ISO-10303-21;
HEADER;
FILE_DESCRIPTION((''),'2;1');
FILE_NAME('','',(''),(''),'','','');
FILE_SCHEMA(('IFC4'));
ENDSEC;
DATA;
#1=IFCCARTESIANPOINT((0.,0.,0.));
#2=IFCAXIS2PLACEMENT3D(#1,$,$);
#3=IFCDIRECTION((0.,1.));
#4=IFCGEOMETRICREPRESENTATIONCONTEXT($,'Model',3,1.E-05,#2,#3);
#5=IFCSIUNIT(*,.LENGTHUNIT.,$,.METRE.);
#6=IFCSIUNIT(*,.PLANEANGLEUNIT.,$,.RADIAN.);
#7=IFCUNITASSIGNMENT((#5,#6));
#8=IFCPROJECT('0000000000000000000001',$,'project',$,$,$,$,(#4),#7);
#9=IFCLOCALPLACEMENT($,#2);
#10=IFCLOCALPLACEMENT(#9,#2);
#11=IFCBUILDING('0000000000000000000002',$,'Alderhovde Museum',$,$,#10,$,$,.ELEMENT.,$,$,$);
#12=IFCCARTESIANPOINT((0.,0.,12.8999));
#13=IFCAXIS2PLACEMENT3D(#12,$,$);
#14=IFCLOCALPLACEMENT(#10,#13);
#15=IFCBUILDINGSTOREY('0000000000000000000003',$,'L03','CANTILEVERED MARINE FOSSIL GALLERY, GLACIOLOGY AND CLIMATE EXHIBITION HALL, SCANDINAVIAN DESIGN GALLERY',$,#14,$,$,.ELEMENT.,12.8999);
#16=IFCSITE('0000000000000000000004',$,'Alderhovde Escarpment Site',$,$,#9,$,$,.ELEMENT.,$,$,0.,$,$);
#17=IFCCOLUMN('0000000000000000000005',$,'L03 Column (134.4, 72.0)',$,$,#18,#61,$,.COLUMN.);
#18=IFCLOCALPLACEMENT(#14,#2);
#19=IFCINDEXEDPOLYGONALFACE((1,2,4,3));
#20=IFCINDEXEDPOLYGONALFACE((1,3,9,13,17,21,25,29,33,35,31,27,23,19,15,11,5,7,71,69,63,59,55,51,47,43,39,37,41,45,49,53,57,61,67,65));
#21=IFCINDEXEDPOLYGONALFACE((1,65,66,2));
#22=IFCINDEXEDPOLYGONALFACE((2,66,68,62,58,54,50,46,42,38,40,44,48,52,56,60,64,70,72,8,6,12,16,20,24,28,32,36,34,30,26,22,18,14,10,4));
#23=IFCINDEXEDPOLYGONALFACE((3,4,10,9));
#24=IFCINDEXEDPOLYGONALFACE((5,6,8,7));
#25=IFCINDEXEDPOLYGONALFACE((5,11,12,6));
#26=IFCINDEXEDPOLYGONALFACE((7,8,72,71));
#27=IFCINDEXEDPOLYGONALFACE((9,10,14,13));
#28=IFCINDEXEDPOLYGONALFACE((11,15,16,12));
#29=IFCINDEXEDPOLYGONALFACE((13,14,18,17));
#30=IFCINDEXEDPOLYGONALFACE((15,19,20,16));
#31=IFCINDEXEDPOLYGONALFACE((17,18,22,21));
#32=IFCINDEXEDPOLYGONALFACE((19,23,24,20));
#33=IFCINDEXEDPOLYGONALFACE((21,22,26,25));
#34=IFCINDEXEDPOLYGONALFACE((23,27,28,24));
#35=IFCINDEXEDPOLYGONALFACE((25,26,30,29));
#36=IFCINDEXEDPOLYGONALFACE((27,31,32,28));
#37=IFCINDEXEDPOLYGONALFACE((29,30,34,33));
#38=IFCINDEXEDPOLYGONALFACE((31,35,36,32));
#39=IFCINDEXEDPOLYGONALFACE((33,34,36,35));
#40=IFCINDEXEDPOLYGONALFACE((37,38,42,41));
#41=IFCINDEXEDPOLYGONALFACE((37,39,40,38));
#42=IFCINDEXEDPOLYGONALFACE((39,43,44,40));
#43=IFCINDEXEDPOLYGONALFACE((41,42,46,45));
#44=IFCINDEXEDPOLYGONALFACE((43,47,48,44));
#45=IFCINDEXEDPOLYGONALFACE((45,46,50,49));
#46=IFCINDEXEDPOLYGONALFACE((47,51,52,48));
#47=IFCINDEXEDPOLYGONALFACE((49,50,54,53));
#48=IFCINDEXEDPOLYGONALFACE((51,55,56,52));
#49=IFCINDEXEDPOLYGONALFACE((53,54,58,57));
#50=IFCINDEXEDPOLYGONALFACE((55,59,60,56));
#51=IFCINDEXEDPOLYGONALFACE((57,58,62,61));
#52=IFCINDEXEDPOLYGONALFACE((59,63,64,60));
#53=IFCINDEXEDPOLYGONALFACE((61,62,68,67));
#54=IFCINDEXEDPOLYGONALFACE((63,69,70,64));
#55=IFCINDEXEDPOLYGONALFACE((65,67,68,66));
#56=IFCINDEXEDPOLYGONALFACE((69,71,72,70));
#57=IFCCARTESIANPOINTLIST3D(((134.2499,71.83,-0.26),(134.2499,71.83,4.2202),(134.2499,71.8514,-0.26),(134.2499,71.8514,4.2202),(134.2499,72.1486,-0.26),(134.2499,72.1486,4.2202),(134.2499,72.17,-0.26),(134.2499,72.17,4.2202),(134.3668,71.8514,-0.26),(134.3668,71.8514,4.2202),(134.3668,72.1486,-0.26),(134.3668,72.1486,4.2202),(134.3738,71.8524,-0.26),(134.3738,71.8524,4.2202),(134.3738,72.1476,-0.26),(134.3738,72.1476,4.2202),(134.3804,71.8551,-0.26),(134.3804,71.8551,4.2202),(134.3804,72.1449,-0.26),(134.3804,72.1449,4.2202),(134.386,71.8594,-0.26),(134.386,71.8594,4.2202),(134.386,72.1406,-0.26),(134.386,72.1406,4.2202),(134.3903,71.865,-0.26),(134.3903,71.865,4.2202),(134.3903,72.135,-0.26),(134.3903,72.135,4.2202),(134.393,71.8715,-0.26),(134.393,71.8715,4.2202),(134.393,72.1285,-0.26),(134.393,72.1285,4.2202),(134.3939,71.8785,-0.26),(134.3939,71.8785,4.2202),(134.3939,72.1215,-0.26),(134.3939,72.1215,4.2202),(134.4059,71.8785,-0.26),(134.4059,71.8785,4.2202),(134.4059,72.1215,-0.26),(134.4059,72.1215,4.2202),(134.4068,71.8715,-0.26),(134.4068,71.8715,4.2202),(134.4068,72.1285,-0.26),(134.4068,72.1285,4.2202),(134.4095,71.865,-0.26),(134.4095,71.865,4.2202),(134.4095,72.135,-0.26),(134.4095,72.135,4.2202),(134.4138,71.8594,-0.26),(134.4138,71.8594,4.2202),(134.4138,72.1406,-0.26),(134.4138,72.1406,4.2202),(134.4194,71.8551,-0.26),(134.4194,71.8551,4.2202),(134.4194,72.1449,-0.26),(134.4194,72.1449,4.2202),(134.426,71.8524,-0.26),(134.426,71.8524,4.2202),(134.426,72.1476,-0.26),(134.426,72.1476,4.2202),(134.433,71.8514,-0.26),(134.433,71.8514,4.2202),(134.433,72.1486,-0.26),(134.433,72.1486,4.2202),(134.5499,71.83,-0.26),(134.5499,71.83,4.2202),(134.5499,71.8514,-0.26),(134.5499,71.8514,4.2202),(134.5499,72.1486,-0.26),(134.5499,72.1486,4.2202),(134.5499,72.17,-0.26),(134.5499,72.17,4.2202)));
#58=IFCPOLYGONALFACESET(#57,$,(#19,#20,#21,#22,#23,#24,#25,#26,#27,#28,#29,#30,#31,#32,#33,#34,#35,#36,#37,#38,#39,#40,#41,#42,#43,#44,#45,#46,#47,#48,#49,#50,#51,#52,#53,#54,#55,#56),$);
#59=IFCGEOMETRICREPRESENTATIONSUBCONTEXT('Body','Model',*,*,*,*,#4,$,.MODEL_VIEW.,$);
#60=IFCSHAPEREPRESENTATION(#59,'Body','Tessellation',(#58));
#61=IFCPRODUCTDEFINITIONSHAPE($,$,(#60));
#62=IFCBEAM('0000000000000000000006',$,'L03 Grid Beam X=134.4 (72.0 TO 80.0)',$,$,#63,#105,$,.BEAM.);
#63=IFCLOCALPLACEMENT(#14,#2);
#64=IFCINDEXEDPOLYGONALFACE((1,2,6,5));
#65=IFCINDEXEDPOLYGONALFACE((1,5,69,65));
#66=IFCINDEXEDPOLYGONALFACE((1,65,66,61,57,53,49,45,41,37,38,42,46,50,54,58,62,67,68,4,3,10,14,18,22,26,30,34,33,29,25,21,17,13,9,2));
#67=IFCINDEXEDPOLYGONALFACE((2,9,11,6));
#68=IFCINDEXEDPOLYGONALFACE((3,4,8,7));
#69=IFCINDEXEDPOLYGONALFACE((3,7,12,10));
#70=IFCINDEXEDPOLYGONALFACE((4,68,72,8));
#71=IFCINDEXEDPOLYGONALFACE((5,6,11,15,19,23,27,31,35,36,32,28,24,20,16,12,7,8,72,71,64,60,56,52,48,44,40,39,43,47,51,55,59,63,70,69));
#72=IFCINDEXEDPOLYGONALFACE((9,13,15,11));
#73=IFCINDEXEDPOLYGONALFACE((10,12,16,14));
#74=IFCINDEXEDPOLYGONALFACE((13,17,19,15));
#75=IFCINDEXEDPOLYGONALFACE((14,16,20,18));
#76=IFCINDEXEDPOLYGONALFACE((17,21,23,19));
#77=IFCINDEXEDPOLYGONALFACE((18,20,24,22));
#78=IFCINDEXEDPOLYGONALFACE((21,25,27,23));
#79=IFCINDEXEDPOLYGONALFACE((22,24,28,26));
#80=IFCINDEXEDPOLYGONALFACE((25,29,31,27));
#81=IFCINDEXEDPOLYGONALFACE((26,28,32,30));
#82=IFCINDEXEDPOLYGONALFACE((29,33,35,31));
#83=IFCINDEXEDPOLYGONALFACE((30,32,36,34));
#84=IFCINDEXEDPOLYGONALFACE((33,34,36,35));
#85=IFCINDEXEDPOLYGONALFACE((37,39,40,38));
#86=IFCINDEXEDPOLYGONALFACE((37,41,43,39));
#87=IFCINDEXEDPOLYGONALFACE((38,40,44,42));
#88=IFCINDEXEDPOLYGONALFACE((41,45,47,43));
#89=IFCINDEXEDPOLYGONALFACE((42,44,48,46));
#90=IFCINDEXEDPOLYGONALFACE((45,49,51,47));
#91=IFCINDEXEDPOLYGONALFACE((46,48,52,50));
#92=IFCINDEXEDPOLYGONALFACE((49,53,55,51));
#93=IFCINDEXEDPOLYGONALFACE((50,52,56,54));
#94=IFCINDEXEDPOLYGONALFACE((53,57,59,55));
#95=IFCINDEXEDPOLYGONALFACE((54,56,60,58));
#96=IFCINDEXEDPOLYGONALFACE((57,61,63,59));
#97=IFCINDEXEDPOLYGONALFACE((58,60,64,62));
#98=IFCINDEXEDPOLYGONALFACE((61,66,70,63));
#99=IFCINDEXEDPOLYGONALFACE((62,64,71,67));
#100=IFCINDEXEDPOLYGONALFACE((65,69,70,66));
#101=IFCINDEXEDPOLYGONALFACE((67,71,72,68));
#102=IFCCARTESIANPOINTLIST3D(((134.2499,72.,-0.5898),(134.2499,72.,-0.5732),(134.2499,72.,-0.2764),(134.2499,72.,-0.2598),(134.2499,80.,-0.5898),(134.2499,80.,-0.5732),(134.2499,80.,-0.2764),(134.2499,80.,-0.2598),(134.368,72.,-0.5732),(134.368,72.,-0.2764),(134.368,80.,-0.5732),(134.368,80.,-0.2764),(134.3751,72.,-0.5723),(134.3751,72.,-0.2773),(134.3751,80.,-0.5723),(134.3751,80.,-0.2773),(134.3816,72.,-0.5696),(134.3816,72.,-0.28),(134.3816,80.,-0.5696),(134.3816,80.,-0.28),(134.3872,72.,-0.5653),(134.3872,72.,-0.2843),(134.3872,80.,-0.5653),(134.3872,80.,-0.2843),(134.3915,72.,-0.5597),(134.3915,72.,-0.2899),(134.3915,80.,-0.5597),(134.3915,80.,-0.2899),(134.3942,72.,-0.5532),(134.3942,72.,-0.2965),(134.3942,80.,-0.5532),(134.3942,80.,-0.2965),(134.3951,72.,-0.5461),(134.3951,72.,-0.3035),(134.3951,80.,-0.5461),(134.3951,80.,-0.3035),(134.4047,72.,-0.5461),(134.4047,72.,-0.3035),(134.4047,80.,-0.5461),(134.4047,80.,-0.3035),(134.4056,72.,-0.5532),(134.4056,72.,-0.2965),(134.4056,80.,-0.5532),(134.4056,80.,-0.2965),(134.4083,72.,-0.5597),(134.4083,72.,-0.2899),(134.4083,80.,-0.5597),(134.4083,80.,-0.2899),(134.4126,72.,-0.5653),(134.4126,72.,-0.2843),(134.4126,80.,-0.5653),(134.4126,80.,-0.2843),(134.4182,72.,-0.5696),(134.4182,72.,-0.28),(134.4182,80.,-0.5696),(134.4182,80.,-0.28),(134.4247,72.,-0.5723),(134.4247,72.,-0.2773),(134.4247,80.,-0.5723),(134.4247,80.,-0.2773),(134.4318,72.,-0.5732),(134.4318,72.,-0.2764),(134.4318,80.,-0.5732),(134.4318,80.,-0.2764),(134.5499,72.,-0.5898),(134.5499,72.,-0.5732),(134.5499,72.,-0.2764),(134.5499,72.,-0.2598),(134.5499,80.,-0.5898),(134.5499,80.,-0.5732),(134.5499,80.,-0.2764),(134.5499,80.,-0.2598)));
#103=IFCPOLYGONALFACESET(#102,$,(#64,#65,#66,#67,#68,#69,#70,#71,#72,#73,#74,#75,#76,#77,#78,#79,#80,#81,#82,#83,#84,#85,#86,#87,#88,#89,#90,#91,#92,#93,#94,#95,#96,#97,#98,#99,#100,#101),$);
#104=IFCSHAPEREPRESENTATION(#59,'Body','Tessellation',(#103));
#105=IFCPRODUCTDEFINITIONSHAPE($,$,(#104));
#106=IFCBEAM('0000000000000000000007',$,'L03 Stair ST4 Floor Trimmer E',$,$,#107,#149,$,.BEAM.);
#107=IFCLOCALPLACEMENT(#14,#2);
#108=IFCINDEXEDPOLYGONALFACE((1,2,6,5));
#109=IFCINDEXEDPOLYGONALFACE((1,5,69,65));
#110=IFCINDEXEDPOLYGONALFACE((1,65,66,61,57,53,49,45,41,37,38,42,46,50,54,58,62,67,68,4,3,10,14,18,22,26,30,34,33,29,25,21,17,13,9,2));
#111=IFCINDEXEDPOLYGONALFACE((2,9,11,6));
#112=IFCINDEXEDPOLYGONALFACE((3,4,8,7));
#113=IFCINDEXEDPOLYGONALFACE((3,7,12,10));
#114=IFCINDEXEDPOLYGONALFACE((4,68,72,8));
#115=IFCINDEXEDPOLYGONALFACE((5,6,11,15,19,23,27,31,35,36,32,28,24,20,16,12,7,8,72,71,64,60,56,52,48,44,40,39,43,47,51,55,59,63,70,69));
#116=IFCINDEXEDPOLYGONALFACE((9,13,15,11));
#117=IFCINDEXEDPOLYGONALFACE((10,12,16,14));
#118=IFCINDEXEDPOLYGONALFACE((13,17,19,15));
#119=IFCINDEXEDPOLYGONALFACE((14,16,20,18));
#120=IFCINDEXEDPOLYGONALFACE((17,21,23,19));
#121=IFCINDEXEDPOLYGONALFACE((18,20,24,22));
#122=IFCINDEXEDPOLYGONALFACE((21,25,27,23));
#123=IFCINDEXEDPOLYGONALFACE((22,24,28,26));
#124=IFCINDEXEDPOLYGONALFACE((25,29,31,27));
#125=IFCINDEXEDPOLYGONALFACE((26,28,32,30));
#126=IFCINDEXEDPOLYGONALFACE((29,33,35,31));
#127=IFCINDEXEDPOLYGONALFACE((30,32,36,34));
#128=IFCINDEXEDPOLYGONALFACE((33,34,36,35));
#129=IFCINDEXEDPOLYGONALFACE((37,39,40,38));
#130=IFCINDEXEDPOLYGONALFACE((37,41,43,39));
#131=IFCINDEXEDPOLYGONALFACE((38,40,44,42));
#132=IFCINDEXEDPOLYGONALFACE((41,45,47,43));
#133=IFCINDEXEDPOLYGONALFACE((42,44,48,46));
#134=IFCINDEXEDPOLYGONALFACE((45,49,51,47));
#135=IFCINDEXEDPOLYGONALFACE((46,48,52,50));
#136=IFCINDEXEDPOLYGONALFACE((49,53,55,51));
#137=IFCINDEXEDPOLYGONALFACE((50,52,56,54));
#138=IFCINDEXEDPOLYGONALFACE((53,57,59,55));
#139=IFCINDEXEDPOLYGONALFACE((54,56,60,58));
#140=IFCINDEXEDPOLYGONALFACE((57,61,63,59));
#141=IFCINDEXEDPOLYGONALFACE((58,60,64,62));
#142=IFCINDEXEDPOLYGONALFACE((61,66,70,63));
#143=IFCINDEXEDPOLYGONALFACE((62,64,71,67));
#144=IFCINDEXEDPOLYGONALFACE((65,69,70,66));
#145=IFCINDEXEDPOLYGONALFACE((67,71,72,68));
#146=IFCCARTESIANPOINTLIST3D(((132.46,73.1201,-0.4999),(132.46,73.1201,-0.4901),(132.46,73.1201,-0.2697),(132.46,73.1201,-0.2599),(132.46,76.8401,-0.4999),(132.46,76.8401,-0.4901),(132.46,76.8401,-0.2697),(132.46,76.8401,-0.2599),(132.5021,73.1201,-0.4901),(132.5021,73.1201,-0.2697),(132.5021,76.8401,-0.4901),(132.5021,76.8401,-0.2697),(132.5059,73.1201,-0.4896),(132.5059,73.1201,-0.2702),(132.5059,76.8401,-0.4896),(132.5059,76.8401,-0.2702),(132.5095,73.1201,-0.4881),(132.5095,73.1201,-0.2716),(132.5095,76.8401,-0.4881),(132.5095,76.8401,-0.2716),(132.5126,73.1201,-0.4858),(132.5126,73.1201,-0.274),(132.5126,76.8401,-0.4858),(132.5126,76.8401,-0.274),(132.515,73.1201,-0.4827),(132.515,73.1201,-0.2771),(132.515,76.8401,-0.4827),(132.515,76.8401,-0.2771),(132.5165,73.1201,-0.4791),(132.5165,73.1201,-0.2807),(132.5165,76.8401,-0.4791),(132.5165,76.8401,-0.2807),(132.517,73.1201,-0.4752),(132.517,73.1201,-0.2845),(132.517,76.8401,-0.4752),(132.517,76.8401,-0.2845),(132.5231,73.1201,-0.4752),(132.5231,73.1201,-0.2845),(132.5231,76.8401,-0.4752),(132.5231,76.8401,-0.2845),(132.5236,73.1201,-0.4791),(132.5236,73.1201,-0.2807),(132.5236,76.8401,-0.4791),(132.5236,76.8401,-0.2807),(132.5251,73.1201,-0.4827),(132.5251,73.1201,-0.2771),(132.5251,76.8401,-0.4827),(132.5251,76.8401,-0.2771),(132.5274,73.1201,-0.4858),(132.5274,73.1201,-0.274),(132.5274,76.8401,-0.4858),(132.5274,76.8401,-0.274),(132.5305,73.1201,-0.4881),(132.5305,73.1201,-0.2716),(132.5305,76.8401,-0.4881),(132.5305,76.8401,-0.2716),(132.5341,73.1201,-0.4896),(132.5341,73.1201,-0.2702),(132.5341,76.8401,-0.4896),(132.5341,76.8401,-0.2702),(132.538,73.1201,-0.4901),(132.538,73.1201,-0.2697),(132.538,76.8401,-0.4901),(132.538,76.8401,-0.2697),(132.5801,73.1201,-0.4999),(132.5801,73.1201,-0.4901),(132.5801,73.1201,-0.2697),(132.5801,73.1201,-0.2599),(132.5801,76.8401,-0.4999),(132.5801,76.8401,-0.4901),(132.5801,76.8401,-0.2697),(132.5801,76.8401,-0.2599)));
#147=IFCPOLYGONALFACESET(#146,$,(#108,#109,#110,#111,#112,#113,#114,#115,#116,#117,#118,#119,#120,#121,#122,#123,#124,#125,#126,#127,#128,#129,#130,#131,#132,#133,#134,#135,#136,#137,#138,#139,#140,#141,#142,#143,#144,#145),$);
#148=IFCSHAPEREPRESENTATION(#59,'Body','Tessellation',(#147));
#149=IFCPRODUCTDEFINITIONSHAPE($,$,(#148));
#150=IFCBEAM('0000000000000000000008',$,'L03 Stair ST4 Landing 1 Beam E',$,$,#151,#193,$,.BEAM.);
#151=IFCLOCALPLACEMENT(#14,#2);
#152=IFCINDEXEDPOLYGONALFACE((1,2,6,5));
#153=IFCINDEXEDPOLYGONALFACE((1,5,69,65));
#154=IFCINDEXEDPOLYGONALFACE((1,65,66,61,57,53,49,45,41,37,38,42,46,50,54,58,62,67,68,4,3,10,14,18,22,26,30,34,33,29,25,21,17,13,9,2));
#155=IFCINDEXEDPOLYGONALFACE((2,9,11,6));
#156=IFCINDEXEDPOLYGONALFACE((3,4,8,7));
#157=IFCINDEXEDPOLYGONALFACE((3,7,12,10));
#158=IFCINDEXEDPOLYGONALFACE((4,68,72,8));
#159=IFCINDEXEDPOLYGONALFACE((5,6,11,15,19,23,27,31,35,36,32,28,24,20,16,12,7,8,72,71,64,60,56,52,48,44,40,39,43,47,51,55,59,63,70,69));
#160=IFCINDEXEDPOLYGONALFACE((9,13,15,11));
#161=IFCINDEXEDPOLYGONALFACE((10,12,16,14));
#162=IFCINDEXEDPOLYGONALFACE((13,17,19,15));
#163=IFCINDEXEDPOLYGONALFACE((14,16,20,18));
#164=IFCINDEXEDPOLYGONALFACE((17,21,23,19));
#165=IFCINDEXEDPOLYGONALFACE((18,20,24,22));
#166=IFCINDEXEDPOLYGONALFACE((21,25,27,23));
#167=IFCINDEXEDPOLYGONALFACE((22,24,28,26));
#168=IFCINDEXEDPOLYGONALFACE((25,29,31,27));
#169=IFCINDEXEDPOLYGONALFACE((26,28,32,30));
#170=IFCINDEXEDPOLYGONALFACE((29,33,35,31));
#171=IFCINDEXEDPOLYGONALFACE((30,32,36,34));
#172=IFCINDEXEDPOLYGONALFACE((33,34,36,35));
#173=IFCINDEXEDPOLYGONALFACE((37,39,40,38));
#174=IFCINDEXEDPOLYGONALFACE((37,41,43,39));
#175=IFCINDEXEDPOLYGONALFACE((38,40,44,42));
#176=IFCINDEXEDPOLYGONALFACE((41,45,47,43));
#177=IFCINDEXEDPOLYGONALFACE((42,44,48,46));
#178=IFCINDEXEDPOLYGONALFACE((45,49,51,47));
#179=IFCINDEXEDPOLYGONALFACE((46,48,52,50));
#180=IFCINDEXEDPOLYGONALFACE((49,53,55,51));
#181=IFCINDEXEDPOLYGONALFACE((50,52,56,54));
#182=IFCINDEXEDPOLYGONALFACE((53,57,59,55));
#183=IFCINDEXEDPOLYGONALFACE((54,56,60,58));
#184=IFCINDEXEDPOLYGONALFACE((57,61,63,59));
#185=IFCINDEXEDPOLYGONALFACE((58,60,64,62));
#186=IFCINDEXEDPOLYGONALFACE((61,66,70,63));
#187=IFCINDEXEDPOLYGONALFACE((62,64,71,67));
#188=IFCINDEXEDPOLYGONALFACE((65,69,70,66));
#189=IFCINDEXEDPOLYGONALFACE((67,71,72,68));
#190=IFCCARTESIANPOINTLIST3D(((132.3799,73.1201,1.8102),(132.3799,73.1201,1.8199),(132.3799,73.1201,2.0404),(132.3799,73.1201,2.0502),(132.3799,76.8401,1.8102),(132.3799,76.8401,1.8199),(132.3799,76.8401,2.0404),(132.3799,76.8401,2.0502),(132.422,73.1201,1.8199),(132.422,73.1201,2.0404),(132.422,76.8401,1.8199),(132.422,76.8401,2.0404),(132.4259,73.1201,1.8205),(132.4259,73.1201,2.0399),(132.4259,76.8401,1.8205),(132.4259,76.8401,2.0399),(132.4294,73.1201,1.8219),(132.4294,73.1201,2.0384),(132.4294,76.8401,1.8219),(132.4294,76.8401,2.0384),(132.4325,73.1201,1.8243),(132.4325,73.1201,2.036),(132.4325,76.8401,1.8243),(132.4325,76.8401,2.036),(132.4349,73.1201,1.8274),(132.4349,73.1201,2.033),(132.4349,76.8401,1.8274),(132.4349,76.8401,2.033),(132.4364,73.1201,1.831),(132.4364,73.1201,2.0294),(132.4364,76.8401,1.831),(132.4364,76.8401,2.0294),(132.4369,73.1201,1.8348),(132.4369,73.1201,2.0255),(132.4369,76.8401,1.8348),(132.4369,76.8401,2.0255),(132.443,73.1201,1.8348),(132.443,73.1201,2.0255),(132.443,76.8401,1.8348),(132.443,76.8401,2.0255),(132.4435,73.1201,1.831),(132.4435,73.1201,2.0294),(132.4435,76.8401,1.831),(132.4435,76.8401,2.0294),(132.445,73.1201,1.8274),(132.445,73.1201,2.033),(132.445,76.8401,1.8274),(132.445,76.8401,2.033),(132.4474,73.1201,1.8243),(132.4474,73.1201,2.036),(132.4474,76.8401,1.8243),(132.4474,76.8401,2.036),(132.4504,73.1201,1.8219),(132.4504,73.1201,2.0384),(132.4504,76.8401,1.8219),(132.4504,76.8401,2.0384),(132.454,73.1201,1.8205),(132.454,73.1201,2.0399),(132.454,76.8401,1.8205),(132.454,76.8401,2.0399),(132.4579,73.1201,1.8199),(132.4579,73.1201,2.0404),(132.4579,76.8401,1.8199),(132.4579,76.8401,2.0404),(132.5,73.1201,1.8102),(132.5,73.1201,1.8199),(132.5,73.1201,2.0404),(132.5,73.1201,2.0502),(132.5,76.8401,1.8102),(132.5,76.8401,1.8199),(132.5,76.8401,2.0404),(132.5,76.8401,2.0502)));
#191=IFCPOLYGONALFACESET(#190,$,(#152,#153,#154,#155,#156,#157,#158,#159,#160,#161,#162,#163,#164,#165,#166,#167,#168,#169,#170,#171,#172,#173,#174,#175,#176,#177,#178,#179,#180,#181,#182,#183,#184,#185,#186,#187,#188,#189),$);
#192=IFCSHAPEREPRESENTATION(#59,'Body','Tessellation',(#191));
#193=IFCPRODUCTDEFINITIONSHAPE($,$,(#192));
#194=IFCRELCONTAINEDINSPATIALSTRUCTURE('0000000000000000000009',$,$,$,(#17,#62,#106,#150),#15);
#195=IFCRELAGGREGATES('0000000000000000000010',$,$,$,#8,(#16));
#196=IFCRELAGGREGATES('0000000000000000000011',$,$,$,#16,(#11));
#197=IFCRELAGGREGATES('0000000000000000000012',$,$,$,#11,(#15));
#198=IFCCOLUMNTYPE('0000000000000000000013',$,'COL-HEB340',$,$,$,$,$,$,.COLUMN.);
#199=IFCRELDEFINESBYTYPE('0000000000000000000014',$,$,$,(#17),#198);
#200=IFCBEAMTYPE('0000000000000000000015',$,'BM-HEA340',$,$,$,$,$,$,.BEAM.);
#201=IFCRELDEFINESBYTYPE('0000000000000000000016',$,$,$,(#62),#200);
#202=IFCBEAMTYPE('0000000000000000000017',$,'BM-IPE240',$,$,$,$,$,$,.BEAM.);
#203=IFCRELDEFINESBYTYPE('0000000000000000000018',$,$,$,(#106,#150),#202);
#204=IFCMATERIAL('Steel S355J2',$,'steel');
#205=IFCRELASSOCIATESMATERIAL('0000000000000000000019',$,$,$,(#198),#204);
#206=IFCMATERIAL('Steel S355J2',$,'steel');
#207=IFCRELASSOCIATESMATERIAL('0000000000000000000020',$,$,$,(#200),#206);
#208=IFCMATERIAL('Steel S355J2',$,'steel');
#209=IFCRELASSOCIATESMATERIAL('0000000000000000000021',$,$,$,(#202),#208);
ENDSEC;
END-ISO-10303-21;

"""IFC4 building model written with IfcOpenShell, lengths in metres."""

from ifc_helpers import new_model, si_unit, direction, frame, origin, origin_2d, place, context, subcontext, project, spatial, i_section, extrude, material, material_profile, profile_set, type_object, element, save


model = new_model("IFC4")

# Units and contexts
model_context = context("Model", 3, precision=1e-05, world=origin(), true_north=direction((0.0, 1.0)))
body_context = subcontext(model_context, "Body", "Model", "MODEL_VIEW")
ifc_project = project(units=[si_unit("LENGTHUNIT", "METRE"), si_unit("PLANEANGLEUNIT", "RADIAN")], contexts=[model_context])

# Site, building, storey
site_placement = place(None, origin())
site = spatial("IfcSite", under=ifc_project, at=site_placement, Name="Alderhovde Escarpment Site", CompositionType="ELEMENT", RefElevation=0.0)
building_placement = place(site_placement, origin())
building = spatial("IfcBuilding", under=site, at=building_placement, Name="Alderhovde Museum", CompositionType="ELEMENT")
storey_placement = place(building_placement, frame((0.0, 0.0, 12.8999)))
storey = spatial("IfcBuildingStorey", under=building, at=storey_placement, Name="L03", Description="CANTILEVERED MARINE FOSSIL GALLERY, GLACIOLOGY AND CLIMATE EXHIBITION HALL, SCANDINAVIAN DESIGN GALLERY", CompositionType="ELEMENT", Elevation=12.8999)

# Column
ifc_material_1 = material(Name="Steel S355J2", Category="steel")
ifc_material_profile_1 = material_profile(ifc_material_1, i_section(OverallWidth=0.3, OverallDepth=0.3401, WebThickness=0.012, FlangeThickness=0.0215, FilletRadius=0.0271, at=origin_2d()), Name="HEB 340")
ifc_profile_set_1 = profile_set([ifc_material_profile_1], Name="Steel S355J2")
column_type_1 = type_object("IfcColumnType", Name="COL-HEB340", PredefinedType="COLUMN", material=ifc_profile_set_1)
column_1_placement = place(storey_placement, frame((134.3999, 72.0, -0.26), z_axis=(0.0, 0.0, 1.0), x_axis=(1.0, 0.0, 0.0)))
element("IfcColumn", 1, at=column_1_placement, inside=storey, type_object=column_type_1, Name="L03 Column (134.4, 72.0)", PredefinedType="COLUMN", context=body_context, shape_type="SweptSolid", body=[
    extrude(i_section(OverallWidth=0.3, OverallDepth=0.3401, WebThickness=0.012, FlangeThickness=0.0215, FilletRadius=0.0271, at=origin_2d()), origin(), (0.0, 0.0, 1.0), 4.4802),
])

# Beams
ifc_material_2 = material(Name="Steel S355J2", Category="steel")
ifc_material_profile_2 = material_profile(ifc_material_2, i_section(OverallWidth=0.3, OverallDepth=0.3301, WebThickness=0.0095, FlangeThickness=0.0166, FilletRadius=0.0271, at=origin_2d()), Name="HEA 340")
ifc_profile_set_2 = profile_set([ifc_material_profile_2], Name="Steel S355J2")
beam_type_1 = type_object("IfcBeamType", Name="BM-HEA340", PredefinedType="BEAM", material=ifc_profile_set_2)
beam_1_placement = place(storey_placement, frame((134.3999, 72.0, -0.4248), z_axis=(0.0, 1.0, 0.0), x_axis=(-1.0, 0.0, 0.0)))
element("IfcBeam", 2, at=beam_1_placement, inside=storey, type_object=beam_type_1, Name="L03 Grid Beam X=134.4 (72.0 TO 80.0)", PredefinedType="BEAM", context=body_context, shape_type="SweptSolid", body=[
    extrude(i_section(OverallWidth=0.3, OverallDepth=0.3301, WebThickness=0.0095, FlangeThickness=0.0166, FilletRadius=0.0271, at=origin_2d()), origin(), (0.0, 0.0, 1.0), 8.0),
])
ifc_material_3 = material(Name="Steel S355J2", Category="steel")
ifc_material_profile_3 = material_profile(ifc_material_3, i_section(OverallWidth=0.1201, OverallDepth=0.24, WebThickness=0.0061, FlangeThickness=0.0098, FilletRadius=0.0149, at=origin_2d()), Name="IPE 240")
ifc_profile_set_3 = profile_set([ifc_material_profile_3], Name="Steel S355J2")
beam_type_2 = type_object("IfcBeamType", Name="BM-IPE240", PredefinedType="BEAM", material=ifc_profile_set_3)
for number, where, z_axis, x_axis, name in (
    (3, (132.52, 73.1201, -0.3799), (0.0, 1.0, 0.0), (-1.0, 0.0, 0.0), "L03 Stair ST4 Floor Trimmer E"),
    (4, (132.4399, 73.1201, 1.9302), (0.0, 1.0, 0.0), (-1.0, 0.0, 0.0), "L03 Stair ST4 Landing 1 Beam E"),
):
    element("IfcBeam", number, at=place(storey_placement, frame(where, z_axis=z_axis, x_axis=x_axis)), inside=storey, type_object=beam_type_2, Name=name, PredefinedType="BEAM", context=body_context, shape_type="SweptSolid", body=[
        extrude(i_section(OverallWidth=0.1201, OverallDepth=0.24, WebThickness=0.0061, FlangeThickness=0.0098, FilletRadius=0.0149, at=origin_2d()), origin(), (0.0, 0.0, 1.0), 3.72),
    ])

save(model, "model.ifc")
